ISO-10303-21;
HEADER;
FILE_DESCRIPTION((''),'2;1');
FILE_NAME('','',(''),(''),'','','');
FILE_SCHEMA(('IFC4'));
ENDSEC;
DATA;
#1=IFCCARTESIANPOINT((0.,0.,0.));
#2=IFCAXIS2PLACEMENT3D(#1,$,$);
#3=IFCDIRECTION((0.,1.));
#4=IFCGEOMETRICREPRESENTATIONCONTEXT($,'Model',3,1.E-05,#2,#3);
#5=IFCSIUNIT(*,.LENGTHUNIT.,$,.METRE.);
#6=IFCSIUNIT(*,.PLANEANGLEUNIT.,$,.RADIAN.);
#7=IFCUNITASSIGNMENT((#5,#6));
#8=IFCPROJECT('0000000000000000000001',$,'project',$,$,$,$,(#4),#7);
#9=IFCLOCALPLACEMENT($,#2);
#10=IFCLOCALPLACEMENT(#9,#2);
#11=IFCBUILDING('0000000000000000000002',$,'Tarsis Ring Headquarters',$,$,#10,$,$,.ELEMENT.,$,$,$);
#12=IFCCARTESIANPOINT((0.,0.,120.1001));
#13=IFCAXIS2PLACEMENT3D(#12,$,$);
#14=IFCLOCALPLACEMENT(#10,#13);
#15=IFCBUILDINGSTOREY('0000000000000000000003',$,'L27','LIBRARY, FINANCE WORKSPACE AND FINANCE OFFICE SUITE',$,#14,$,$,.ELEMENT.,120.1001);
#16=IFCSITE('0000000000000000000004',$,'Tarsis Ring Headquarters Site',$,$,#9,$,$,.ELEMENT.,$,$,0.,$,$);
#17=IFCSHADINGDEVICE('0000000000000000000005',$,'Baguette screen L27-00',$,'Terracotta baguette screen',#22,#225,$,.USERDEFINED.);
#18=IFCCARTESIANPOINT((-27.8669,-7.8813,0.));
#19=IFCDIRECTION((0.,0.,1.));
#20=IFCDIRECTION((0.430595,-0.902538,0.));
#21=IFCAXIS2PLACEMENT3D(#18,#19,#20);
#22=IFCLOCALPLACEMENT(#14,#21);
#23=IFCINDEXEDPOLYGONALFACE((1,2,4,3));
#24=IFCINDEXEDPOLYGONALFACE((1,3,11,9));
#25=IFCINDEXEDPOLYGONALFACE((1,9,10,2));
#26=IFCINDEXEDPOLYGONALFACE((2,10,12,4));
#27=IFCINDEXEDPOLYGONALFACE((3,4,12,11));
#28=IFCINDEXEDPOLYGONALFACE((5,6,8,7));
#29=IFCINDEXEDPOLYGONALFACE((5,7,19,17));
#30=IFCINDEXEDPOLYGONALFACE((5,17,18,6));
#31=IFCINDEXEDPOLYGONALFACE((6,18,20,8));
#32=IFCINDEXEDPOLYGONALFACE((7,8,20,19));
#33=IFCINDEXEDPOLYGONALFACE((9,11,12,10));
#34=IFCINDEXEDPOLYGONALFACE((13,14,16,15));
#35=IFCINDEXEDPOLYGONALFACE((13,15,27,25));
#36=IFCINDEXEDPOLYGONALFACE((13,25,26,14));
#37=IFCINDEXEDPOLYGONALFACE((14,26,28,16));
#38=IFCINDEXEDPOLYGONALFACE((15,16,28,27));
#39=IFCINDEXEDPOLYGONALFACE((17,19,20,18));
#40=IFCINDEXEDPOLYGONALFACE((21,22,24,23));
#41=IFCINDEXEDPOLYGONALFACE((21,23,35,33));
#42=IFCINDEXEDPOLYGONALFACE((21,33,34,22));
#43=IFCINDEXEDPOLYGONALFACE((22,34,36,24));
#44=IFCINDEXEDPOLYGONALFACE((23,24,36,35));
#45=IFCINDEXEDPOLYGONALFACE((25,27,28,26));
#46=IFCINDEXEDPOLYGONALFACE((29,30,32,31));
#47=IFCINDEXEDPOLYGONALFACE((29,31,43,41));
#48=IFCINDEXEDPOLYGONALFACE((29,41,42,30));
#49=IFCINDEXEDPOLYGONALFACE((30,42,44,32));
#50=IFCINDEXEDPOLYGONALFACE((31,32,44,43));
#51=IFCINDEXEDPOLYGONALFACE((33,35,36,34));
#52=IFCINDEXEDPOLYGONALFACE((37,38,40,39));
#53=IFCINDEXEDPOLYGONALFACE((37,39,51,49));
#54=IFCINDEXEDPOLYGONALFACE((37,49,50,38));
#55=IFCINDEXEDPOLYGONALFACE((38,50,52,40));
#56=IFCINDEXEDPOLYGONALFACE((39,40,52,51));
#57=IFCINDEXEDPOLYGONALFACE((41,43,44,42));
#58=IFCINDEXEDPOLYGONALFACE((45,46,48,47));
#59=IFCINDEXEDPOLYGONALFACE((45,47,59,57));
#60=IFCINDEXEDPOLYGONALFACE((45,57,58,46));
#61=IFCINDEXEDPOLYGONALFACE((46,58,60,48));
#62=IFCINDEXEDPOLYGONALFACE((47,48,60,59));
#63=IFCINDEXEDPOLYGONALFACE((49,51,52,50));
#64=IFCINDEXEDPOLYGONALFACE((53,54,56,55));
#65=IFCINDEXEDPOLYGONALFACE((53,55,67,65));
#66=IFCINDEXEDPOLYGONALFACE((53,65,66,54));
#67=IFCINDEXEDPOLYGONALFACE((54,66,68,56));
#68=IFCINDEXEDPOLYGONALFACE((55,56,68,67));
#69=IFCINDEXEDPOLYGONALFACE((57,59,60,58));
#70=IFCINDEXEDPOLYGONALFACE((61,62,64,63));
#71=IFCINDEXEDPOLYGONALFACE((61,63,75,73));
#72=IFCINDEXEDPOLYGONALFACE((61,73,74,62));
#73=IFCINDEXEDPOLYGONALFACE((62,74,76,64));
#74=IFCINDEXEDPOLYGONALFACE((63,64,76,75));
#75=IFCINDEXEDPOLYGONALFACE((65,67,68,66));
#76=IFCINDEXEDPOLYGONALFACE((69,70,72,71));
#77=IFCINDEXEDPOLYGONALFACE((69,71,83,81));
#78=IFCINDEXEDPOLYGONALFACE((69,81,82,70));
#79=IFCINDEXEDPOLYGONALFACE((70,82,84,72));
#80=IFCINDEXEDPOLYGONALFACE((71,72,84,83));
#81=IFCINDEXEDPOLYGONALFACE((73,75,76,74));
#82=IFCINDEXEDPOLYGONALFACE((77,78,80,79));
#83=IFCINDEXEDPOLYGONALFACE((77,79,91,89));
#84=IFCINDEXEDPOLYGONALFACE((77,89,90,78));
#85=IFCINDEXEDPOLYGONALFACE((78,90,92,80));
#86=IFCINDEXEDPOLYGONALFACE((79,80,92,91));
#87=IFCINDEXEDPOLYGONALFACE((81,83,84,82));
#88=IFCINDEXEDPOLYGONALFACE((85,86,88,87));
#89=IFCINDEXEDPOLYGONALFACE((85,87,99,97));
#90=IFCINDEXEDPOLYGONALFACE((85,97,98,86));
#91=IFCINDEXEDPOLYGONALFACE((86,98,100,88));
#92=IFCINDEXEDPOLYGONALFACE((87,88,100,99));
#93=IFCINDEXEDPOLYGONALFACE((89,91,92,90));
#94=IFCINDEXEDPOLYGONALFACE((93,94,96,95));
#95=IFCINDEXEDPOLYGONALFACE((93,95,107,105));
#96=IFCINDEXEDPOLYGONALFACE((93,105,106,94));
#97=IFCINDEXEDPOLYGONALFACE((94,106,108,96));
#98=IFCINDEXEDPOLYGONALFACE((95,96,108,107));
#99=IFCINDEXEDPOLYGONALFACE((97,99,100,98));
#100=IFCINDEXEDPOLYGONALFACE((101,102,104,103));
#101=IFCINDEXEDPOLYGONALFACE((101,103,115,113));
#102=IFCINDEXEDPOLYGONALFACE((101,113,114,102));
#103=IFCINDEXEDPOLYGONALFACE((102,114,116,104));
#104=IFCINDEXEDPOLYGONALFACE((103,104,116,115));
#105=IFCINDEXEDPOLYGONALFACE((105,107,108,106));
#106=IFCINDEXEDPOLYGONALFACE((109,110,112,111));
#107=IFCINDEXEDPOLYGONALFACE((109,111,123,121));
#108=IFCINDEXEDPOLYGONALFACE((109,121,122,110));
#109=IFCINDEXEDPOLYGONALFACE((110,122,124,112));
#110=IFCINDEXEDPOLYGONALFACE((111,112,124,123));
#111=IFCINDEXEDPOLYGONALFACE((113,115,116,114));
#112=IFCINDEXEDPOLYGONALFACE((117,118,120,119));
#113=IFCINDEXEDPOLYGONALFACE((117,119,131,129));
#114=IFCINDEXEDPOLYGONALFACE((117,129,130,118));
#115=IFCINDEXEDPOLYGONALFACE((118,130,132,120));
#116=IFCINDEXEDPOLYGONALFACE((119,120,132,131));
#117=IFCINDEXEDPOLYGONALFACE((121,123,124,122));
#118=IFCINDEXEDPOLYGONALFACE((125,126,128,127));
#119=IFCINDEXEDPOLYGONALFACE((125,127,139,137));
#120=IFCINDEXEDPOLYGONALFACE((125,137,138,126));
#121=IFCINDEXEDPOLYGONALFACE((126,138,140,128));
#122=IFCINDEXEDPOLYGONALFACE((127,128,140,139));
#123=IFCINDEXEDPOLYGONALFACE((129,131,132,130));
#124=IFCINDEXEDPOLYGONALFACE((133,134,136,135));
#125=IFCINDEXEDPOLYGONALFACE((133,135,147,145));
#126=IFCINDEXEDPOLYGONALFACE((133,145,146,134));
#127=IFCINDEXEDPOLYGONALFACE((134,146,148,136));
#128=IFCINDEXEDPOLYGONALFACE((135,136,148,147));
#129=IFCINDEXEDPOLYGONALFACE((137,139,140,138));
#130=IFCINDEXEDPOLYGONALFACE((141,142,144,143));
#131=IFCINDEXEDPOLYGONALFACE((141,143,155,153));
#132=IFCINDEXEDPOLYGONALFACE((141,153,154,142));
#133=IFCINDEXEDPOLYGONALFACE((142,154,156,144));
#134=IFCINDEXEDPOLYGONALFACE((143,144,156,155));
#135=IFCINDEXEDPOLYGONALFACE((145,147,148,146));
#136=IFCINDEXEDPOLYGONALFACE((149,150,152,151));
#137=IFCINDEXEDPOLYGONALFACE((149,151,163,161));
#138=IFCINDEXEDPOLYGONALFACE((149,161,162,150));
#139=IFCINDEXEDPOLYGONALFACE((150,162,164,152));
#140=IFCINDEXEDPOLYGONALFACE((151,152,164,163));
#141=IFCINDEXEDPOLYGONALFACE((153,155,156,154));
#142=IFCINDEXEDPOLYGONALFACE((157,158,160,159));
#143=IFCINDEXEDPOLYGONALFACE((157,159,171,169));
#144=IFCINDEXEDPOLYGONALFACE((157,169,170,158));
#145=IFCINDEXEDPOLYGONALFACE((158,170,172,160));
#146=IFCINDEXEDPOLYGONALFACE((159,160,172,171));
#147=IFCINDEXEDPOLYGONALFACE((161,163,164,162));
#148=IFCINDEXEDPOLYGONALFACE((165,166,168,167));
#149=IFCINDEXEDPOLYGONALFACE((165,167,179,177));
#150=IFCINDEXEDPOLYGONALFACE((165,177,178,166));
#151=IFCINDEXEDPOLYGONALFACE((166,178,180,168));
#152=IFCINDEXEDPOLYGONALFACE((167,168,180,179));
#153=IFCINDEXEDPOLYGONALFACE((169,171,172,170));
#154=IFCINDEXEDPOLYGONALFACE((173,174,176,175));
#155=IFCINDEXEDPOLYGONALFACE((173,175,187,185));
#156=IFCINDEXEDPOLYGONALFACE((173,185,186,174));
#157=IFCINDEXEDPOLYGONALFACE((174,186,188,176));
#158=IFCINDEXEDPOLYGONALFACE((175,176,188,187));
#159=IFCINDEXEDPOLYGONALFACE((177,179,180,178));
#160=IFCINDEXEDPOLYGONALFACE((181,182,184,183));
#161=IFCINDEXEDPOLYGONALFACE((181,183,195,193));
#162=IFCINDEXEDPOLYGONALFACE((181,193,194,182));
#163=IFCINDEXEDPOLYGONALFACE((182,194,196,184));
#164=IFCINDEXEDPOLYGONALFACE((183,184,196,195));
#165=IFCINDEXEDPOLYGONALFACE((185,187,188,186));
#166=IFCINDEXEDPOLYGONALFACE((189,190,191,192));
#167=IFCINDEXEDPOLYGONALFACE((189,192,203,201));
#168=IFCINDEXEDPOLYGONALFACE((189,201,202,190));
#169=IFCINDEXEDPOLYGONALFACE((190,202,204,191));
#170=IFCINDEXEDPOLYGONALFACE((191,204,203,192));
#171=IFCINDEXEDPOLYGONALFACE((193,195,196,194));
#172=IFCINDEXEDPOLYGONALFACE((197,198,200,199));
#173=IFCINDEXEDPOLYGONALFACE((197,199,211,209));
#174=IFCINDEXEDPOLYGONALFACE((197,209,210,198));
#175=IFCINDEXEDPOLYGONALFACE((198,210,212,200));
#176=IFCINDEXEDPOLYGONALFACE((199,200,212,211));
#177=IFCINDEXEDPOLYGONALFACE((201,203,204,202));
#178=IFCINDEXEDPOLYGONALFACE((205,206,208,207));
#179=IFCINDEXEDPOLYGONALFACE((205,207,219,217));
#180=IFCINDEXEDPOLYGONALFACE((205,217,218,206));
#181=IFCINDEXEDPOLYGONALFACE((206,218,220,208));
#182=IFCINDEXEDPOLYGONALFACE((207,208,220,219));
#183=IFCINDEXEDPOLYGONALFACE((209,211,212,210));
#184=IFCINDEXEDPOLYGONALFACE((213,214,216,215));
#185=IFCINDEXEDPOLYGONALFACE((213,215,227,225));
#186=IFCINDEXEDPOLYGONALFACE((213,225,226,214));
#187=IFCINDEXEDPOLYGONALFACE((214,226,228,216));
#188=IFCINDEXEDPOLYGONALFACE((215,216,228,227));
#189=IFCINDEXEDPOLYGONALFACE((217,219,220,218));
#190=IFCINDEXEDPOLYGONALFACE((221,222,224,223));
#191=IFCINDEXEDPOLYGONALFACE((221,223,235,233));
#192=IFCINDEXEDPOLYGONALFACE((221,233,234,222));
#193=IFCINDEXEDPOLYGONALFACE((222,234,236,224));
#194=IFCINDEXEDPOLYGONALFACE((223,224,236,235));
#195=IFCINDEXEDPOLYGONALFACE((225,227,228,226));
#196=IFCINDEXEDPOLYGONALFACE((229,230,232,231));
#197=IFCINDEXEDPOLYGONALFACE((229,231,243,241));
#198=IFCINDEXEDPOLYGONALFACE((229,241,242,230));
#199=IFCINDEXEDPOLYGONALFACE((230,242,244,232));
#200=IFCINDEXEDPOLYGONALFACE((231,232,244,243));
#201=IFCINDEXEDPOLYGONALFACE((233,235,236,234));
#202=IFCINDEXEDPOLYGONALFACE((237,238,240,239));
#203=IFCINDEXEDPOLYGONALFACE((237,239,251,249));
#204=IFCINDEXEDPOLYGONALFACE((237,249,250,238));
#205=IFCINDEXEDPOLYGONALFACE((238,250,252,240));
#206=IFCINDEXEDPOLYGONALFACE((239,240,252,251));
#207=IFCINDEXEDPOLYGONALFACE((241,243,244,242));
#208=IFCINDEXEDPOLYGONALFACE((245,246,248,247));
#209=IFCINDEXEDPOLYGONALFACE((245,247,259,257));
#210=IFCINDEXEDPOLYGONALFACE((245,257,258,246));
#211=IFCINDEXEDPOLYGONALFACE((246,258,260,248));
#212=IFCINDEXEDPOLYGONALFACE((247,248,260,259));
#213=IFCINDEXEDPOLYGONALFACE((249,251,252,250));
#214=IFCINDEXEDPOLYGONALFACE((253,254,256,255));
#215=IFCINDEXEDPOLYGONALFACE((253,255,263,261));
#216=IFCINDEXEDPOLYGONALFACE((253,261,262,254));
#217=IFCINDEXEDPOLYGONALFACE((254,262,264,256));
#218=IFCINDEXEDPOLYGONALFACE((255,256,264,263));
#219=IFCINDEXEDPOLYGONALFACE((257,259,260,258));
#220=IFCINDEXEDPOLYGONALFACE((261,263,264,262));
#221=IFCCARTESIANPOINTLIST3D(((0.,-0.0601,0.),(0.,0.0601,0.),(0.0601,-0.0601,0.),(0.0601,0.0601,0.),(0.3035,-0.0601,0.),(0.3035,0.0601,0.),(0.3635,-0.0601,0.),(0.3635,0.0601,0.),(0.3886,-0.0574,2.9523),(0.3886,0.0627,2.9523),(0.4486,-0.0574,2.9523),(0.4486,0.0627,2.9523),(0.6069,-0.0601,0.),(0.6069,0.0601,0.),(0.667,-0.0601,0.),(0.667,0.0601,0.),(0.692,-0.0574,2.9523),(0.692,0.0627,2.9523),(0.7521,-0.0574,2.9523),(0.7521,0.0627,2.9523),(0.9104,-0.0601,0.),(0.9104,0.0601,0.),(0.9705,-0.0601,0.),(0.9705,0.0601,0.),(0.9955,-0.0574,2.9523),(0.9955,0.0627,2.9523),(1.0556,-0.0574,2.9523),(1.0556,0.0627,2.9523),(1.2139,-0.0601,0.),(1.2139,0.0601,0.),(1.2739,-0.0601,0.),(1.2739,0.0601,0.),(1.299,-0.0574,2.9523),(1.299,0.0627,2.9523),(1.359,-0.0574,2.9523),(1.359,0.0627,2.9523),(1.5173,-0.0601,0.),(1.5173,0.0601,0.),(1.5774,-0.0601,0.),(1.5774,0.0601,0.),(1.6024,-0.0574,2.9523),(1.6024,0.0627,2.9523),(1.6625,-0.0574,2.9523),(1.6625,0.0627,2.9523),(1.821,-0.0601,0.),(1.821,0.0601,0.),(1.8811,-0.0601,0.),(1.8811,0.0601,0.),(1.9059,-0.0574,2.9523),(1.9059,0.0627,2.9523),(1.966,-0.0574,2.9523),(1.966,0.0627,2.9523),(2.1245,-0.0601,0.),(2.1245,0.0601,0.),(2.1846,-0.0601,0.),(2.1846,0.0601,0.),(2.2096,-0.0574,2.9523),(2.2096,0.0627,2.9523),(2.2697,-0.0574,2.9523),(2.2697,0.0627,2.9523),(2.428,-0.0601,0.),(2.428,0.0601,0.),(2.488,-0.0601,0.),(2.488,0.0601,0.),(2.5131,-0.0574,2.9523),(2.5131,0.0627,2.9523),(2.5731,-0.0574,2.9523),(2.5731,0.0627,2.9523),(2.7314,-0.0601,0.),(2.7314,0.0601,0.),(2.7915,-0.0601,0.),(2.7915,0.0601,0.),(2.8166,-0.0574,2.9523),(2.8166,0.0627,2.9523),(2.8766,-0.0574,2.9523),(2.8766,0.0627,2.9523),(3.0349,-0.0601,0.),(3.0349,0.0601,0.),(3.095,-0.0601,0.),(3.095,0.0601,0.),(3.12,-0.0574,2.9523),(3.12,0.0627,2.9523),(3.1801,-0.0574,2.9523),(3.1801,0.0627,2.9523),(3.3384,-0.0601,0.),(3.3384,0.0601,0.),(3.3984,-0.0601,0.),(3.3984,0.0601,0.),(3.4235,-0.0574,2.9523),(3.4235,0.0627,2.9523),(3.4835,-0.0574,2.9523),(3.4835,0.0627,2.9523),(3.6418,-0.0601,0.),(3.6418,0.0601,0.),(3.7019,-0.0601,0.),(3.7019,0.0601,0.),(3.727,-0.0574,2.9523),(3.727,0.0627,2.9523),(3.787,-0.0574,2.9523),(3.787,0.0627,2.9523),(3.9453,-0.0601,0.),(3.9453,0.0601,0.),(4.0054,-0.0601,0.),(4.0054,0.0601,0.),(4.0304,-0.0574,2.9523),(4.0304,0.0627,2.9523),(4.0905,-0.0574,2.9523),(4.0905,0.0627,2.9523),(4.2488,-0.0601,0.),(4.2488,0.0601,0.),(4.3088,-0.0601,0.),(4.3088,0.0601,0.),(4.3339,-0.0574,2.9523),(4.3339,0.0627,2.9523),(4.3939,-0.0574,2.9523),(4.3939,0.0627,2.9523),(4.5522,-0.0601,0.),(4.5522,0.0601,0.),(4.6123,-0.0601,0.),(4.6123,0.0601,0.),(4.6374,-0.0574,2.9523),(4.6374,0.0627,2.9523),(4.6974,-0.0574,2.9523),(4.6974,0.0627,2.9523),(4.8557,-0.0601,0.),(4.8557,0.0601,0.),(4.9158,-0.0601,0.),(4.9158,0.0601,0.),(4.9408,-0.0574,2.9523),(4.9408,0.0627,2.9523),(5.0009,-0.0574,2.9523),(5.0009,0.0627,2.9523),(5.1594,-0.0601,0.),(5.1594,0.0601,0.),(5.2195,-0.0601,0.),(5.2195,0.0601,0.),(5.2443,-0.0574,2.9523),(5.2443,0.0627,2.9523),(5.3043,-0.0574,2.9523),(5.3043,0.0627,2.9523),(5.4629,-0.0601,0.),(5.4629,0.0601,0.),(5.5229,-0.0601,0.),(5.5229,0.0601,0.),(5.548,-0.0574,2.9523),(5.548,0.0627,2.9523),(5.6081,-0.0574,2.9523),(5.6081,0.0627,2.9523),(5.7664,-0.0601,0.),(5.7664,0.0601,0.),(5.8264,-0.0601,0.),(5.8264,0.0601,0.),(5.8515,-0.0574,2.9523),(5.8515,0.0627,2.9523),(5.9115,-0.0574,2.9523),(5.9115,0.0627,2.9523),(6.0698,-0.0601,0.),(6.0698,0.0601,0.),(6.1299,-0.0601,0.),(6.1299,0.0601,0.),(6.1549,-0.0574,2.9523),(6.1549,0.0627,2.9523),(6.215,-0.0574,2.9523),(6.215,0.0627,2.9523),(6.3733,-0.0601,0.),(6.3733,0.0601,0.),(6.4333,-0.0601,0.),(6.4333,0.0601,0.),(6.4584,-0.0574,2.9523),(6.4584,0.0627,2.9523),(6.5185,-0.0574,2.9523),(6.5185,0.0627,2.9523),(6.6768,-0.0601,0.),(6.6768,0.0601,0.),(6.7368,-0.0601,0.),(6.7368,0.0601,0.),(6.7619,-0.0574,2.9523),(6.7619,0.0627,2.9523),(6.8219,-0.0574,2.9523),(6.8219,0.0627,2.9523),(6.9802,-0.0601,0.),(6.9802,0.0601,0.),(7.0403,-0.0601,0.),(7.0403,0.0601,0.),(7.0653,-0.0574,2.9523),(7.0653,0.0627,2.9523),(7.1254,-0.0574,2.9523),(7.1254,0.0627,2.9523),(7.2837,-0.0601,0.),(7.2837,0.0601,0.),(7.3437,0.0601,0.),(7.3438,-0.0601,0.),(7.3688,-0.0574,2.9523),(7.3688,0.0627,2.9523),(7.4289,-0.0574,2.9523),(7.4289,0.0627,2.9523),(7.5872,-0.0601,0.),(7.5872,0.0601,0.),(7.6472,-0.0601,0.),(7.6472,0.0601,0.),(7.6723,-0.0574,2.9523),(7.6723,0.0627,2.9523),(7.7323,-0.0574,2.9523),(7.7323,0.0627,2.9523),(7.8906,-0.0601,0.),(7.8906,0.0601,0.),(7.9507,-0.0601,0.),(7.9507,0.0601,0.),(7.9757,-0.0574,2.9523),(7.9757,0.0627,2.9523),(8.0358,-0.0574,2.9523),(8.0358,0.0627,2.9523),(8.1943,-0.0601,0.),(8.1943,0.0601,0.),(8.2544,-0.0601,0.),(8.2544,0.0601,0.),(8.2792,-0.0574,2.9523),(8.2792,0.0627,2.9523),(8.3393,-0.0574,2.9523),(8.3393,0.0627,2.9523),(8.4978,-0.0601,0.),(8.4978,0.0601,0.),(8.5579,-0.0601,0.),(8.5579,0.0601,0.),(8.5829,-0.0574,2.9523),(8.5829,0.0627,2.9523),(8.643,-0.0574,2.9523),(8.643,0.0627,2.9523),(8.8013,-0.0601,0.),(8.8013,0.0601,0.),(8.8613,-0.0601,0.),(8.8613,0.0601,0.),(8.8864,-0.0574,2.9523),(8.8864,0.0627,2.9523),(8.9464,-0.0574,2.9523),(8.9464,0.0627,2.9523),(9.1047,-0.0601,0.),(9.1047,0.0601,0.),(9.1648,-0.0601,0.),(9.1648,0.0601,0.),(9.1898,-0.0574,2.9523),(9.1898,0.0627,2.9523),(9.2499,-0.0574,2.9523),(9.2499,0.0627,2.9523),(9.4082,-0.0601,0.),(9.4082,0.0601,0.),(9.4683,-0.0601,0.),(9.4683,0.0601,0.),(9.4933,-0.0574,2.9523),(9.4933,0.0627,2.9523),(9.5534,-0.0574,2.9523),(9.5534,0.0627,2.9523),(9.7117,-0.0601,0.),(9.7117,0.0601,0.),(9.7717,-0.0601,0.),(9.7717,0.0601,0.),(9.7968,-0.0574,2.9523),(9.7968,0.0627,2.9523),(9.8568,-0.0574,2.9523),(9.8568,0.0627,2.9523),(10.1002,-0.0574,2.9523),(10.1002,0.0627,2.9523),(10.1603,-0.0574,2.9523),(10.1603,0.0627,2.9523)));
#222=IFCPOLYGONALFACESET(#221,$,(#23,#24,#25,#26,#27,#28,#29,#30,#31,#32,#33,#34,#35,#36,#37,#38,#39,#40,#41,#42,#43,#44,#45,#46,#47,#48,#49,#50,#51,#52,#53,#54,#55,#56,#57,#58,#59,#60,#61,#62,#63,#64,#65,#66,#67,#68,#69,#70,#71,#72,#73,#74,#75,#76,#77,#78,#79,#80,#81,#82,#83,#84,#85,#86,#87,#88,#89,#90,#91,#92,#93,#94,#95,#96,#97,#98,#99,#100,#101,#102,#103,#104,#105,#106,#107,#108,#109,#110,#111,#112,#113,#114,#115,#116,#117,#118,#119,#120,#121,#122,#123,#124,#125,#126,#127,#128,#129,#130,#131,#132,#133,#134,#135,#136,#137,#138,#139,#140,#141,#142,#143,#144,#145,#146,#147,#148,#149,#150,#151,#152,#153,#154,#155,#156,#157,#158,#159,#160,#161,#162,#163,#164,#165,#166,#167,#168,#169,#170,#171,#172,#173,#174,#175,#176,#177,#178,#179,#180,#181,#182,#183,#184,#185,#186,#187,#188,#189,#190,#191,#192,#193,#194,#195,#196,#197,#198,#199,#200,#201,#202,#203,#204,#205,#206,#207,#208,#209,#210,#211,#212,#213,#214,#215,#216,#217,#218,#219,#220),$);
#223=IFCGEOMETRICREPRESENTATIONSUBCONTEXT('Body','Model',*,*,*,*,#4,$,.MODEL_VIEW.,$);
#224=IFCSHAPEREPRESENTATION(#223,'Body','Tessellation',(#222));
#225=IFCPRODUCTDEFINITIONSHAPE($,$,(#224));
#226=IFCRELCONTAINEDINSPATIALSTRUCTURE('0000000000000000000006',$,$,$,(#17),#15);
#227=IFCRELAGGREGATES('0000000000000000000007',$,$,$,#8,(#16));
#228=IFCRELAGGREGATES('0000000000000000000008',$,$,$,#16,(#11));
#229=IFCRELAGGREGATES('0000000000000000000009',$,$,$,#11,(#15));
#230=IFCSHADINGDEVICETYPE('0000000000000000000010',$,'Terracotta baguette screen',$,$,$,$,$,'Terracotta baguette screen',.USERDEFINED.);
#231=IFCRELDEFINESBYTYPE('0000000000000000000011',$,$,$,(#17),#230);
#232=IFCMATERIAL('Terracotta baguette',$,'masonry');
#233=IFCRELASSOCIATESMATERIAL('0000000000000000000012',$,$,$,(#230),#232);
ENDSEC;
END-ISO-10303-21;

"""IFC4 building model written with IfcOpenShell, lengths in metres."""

from ifc_helpers import new_model, si_unit, direction, frame, frame_2d, origin, place, context, subcontext, project, spatial, rectangle, composite_profile, extrude, material, type_object, element, save


model = new_model("IFC4")

# Units and contexts
model_context = context("Model", 3, precision=1e-05, world=origin(), true_north=direction((0.0, 1.0)))
body_context = subcontext(model_context, "Body", "Model", "MODEL_VIEW")
ifc_project = project(units=[si_unit("LENGTHUNIT", "METRE"), si_unit("PLANEANGLEUNIT", "RADIAN")], contexts=[model_context])

# Site, building, storey
site_placement = place(None, origin())
site = spatial("IfcSite", under=ifc_project, at=site_placement, Name="Tarsis Ring Headquarters Site", CompositionType="ELEMENT", RefElevation=0.0)
building_placement = place(site_placement, origin())
building = spatial("IfcBuilding", under=site, at=building_placement, Name="Tarsis Ring Headquarters", CompositionType="ELEMENT")
storey_placement = place(building_placement, frame((0.0, 0.0, 120.1001)))
storey = spatial("IfcBuildingStorey", under=building, at=storey_placement, Name="L27", Description="LIBRARY, FINANCE WORKSPACE AND FINANCE OFFICE SUITE", CompositionType="ELEMENT", Elevation=120.1001)

# Shading device
ifc_material_1 = material(Name="Terracotta baguette", Category="masonry")
shading_device_type = type_object("IfcShadingDeviceType", Name="Terracotta baguette screen", ElementType="Terracotta baguette screen", PredefinedType="USERDEFINED", material=ifc_material_1)
shading_device_placement = place(storey_placement, frame((-27.8669, -7.8813, 0.0), z_axis=(0.0, 0.0, 1.0), x_axis=(0.430595, -0.902538, 0.0)))
element("IfcShadingDevice", 1, at=shading_device_placement, inside=storey, type_object=shading_device_type, Name="Baguette screen L27-00", ObjectType="Terracotta baguette screen", PredefinedType="USERDEFINED", context=body_context, shape_type="SweptSolid", body=[
    extrude(composite_profile([rectangle(XDim=0.0601, YDim=0.1201, at=frame_2d((0.03, 0.0))), rectangle(XDim=0.0601, YDim=0.1201, at=frame_2d((0.3335, 0.0))), rectangle(XDim=0.0601, YDim=0.1201, at=frame_2d((0.637, 0.0))), rectangle(XDim=0.0601, YDim=0.1201, at=frame_2d((0.9404, 0.0))), rectangle(XDim=0.0601, YDim=0.1201, at=frame_2d((1.2439, 0.0))), rectangle(XDim=0.0601, YDim=0.1201, at=frame_2d((1.5474, 0.0))), rectangle(XDim=0.0601, YDim=0.1201, at=frame_2d((1.8511, 0.0))), rectangle(XDim=0.0601, YDim=0.1201, at=frame_2d((2.1545, 0.0))), rectangle(XDim=0.0601, YDim=0.1201, at=frame_2d((2.458, 0.0))), rectangle(XDim=0.0601, YDim=0.1201, at=frame_2d((2.7615, 0.0))), rectangle(XDim=0.0601, YDim=0.1201, at=frame_2d((3.0649, 0.0))), rectangle(XDim=0.0601, YDim=0.1201, at=frame_2d((3.3684, 0.0))), rectangle(XDim=0.0601, YDim=0.1201, at=frame_2d((3.6719, 0.0))), rectangle(XDim=0.0601, YDim=0.1201, at=frame_2d((3.9753, 0.0))), rectangle(XDim=0.0601, YDim=0.1201, at=frame_2d((4.2788, 0.0))), rectangle(XDim=0.0601, YDim=0.1201, at=frame_2d((4.5823, 0.0))), rectangle(XDim=0.0601, YDim=0.1201, at=frame_2d((4.8857, 0.0))), rectangle(XDim=0.0601, YDim=0.1201, at=frame_2d((5.1895, 0.0))), rectangle(XDim=0.0601, YDim=0.1201, at=frame_2d((5.4929, 0.0))), rectangle(XDim=0.0601, YDim=0.1201, at=frame_2d((5.7964, 0.0))), rectangle(XDim=0.0601, YDim=0.1201, at=frame_2d((6.0999, 0.0))), rectangle(XDim=0.0601, YDim=0.1201, at=frame_2d((6.4033, 0.0))), rectangle(XDim=0.0601, YDim=0.1201, at=frame_2d((6.7068, 0.0))), rectangle(XDim=0.0601, YDim=0.1201, at=frame_2d((7.0103, 0.0))), rectangle(XDim=0.0601, YDim=0.1201, at=frame_2d((7.3137, 0.0))), rectangle(XDim=0.0601, YDim=0.1201, at=frame_2d((7.6172, 0.0))), rectangle(XDim=0.0601, YDim=0.1201, at=frame_2d((7.9207, 0.0))), rectangle(XDim=0.0601, YDim=0.1201, at=frame_2d((8.2244, 0.0))), rectangle(XDim=0.0601, YDim=0.1201, at=frame_2d((8.5278, 0.0))), rectangle(XDim=0.0601, YDim=0.1201, at=frame_2d((8.8313, 0.0))), rectangle(XDim=0.0601, YDim=0.1201, at=frame_2d((9.1348, 0.0))), rectangle(XDim=0.0601, YDim=0.1201, at=frame_2d((9.4382, 0.0))), rectangle(XDim=0.0601, YDim=0.1201, at=frame_2d((9.7417, 0.0)))]), origin(), (0.130491, 0.000887, 0.991449), 2.9778),
])

save(model, "model.ifc")
